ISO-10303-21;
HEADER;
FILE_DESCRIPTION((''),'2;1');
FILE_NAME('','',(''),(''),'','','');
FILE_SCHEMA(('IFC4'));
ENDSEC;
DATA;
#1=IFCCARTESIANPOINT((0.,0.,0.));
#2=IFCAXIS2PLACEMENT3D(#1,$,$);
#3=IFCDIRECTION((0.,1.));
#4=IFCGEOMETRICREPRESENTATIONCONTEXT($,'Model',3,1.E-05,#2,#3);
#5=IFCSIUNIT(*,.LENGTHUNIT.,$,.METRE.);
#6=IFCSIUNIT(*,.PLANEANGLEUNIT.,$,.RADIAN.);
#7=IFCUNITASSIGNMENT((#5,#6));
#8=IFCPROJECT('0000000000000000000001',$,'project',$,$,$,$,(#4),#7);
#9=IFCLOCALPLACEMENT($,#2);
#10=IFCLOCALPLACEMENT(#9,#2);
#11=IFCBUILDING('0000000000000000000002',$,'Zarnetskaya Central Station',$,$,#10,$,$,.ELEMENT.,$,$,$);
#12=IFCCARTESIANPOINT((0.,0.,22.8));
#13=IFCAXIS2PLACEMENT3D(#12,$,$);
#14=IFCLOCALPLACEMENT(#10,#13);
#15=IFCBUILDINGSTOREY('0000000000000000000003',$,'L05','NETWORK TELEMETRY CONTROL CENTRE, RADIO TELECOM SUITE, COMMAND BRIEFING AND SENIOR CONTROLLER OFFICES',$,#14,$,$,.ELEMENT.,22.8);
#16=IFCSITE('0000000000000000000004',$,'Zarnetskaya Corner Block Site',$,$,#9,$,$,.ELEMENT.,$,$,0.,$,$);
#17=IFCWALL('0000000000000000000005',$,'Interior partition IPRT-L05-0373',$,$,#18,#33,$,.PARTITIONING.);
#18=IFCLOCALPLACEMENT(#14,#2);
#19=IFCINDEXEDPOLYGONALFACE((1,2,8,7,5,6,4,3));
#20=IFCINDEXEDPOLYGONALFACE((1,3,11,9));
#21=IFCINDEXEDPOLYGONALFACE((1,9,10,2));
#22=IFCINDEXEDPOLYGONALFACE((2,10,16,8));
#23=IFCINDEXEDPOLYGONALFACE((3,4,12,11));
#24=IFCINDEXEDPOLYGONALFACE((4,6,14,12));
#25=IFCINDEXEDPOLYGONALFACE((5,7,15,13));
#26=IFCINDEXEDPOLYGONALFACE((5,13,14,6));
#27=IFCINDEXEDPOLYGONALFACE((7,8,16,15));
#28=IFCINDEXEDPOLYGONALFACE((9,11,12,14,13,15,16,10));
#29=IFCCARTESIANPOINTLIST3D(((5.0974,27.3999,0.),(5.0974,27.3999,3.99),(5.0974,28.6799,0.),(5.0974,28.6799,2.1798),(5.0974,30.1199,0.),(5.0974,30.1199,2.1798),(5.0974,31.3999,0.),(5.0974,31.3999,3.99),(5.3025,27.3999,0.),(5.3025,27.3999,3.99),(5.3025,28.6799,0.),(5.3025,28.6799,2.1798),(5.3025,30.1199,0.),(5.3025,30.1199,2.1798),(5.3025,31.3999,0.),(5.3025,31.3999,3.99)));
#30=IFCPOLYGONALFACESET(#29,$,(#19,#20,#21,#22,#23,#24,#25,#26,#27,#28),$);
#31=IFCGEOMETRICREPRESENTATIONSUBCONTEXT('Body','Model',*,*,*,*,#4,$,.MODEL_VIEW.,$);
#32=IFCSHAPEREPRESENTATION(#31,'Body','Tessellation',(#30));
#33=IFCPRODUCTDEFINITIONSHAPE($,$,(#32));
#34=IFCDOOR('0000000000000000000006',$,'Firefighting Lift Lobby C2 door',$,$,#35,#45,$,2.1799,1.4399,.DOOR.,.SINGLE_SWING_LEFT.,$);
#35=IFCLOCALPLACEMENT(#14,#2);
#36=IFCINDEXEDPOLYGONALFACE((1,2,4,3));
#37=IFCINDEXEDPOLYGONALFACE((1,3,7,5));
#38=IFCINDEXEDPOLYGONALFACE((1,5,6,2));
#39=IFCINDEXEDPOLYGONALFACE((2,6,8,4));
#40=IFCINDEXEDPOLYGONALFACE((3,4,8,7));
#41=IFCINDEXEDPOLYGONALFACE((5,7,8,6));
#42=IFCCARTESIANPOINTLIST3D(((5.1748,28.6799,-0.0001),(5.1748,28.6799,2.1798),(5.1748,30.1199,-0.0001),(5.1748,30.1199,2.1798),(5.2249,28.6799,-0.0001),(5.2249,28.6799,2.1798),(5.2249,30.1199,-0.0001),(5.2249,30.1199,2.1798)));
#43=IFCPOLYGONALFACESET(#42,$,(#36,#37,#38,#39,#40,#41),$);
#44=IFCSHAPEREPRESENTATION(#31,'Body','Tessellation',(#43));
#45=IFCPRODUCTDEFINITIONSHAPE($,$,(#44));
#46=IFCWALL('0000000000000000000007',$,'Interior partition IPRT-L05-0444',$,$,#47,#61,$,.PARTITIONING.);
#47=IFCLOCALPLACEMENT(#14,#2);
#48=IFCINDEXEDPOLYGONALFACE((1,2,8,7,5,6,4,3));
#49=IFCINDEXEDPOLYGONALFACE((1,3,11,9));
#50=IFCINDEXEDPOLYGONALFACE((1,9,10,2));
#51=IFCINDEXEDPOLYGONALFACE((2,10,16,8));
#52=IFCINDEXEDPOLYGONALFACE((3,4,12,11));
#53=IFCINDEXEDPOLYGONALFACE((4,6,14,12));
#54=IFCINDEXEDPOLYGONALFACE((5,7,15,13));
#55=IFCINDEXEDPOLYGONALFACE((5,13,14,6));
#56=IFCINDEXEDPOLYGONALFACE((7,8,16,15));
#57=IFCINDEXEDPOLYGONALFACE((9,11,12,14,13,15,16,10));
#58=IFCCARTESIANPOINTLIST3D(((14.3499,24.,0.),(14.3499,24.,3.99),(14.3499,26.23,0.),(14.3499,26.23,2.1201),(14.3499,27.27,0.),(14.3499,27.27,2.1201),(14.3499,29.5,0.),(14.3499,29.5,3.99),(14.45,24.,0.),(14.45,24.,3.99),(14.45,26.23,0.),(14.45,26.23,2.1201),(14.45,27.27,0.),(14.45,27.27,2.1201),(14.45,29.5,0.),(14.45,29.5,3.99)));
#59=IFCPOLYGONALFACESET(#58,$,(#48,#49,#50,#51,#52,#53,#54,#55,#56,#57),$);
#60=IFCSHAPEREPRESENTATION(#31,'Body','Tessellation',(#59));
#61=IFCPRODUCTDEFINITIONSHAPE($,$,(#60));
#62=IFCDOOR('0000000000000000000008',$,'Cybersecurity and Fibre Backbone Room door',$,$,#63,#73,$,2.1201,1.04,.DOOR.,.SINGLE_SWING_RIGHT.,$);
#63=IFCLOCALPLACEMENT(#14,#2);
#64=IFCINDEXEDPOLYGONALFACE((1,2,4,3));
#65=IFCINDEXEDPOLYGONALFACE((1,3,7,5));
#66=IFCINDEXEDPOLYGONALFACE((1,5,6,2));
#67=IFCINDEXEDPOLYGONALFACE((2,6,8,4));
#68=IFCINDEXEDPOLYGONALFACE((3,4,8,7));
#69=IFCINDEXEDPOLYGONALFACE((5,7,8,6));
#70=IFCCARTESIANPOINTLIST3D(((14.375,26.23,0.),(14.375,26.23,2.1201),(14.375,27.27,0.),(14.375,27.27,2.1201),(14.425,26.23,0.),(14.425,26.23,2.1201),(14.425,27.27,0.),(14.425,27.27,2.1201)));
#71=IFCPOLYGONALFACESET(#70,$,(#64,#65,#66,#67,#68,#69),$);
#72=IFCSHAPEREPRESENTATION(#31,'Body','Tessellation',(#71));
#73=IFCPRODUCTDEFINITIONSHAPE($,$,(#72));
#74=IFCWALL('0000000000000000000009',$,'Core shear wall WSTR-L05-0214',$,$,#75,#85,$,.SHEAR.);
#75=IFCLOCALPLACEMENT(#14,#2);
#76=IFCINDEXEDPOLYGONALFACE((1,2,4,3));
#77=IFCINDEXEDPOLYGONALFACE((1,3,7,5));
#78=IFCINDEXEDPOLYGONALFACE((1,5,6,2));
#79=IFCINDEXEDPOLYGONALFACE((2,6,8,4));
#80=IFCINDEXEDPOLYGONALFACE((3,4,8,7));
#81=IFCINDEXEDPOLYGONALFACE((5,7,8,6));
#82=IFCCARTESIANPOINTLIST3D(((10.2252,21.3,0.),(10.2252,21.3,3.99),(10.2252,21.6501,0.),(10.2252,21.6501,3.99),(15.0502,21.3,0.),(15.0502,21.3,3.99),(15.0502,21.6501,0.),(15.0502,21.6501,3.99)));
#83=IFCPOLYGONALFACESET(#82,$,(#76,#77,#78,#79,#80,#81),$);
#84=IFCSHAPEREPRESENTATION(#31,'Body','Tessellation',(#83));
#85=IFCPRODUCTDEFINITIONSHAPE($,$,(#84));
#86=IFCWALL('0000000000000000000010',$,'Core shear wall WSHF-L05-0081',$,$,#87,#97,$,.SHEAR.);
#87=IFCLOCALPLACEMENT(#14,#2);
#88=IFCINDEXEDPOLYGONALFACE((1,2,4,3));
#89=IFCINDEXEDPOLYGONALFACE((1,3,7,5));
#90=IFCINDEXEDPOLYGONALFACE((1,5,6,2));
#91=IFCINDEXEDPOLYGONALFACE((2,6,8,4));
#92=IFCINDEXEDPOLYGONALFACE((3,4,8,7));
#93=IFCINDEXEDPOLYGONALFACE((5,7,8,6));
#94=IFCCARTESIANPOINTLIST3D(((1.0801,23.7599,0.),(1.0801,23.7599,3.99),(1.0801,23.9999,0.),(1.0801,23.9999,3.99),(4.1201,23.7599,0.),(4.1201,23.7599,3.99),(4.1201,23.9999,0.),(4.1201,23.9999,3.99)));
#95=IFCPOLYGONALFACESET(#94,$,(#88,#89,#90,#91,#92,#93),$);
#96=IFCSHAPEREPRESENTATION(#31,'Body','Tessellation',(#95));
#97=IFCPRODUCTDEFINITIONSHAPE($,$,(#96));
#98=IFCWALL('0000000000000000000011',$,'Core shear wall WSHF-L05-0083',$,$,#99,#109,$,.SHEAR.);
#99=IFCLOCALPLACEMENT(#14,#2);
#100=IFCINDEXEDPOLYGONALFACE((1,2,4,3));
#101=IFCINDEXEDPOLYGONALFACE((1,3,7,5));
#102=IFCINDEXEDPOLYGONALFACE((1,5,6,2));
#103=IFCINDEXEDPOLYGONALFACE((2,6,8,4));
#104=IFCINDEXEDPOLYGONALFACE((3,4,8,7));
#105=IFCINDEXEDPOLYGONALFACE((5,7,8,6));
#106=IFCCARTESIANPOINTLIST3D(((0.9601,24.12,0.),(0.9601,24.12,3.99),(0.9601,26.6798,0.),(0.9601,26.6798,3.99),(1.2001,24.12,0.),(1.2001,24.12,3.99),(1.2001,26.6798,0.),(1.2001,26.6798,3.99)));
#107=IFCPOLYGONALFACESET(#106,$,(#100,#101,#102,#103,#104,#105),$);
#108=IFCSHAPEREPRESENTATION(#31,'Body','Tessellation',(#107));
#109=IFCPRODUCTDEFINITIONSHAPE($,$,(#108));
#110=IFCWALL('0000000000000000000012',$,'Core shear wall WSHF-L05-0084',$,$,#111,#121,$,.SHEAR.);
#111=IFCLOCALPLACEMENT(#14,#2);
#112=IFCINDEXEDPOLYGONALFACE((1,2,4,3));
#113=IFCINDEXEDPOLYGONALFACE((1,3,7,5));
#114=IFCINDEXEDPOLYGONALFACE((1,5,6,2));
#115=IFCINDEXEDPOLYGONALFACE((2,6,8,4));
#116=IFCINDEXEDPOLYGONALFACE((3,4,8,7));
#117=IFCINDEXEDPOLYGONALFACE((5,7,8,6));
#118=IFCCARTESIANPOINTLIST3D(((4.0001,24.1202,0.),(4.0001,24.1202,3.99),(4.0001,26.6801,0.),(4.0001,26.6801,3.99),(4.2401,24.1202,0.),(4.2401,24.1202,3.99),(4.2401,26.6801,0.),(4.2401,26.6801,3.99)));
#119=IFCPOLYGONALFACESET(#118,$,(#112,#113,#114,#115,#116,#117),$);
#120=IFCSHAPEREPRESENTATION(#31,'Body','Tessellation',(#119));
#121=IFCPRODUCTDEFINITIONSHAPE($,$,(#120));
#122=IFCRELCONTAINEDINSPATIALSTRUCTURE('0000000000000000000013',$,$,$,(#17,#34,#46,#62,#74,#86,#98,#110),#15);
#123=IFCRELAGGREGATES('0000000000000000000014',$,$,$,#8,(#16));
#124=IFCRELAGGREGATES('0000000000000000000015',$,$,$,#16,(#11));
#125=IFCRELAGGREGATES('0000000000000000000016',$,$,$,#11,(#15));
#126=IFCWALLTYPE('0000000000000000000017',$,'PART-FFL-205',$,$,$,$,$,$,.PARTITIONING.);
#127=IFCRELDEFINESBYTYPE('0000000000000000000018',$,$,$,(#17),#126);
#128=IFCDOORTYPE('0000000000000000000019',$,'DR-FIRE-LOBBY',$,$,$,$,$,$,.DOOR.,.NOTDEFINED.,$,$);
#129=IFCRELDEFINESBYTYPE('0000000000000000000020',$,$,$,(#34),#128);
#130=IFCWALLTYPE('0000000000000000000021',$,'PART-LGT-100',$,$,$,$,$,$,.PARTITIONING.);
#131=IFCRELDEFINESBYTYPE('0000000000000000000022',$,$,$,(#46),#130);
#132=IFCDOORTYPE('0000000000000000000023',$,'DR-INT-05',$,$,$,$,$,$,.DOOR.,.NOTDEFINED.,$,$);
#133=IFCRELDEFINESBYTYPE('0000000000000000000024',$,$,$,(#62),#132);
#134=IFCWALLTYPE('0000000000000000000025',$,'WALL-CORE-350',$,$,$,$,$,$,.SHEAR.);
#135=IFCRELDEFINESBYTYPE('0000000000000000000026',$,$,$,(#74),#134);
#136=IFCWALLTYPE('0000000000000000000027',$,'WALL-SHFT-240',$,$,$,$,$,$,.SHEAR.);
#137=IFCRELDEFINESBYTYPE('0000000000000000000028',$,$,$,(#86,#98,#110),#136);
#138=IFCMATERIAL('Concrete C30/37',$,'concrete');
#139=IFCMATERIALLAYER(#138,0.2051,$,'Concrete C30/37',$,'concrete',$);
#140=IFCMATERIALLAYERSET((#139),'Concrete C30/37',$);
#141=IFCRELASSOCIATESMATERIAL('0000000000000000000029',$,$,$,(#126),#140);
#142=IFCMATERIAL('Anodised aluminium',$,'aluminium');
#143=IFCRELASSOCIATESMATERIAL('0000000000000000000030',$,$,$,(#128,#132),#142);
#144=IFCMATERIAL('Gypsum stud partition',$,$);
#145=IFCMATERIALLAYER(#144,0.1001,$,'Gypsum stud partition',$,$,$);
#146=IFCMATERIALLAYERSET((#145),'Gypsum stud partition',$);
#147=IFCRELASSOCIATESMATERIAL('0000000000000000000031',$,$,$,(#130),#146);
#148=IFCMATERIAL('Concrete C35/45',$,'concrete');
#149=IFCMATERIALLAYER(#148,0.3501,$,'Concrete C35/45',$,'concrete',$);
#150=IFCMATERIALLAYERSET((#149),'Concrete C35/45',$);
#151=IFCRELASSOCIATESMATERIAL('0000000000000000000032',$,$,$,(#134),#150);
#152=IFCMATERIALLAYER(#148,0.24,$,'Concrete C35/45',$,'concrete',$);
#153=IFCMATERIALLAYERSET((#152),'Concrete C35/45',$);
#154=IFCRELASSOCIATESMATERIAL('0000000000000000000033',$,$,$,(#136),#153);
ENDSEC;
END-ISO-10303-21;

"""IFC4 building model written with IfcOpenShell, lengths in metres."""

from ifc_helpers import new_model, si_unit, direction, frame, frame_2d, origin, place, context, subcontext, project, spatial, rectangle, extrude, material, layer, layer_set, type_object, element, fill, save


model = new_model("IFC4")

# Units and contexts
model_context = context("Model", 3, precision=1e-05, world=origin(), true_north=direction((0.0, 1.0)))
body_context = subcontext(model_context, "Body", "Model", "MODEL_VIEW")
ifc_project = project(units=[si_unit("LENGTHUNIT", "METRE"), si_unit("PLANEANGLEUNIT", "RADIAN")], contexts=[model_context])

# Site, building, storey
site_placement = place(None, origin())
site = spatial("IfcSite", under=ifc_project, at=site_placement, Name="Zarnetskaya Corner Block Site", CompositionType="ELEMENT", RefElevation=0.0)
building_placement = place(site_placement, origin())
building = spatial("IfcBuilding", under=site, at=building_placement, Name="Zarnetskaya Central Station", CompositionType="ELEMENT")
storey_placement = place(building_placement, frame((0.0, 0.0, 22.8)))
storey = spatial("IfcBuildingStorey", under=building, at=storey_placement, Name="L05", Description="NETWORK TELEMETRY CONTROL CENTRE, RADIO TELECOM SUITE, COMMAND BRIEFING AND SENIOR CONTROLLER OFFICES", CompositionType="ELEMENT", Elevation=22.8)

# Shared definitions
ifc_material_1 = material(Name="Anodised aluminium", Category="aluminium")

# Walls, openings, doors
ifc_material_2 = material(Name="Concrete C30/37", Category="concrete")
ifc_layer_1 = layer(ifc_material_2, 0.2051, Name="Concrete C30/37", Category="concrete")
ifc_layer_set_1 = layer_set([ifc_layer_1], Name="Concrete C30/37")
wall_type_1 = type_object("IfcWallType", Name="PART-FFL-205", PredefinedType="PARTITIONING", material=ifc_layer_set_1)
wall_1_placement = place(storey_placement, frame((5.2, 31.3999, 0.0), z_axis=(0.0, 0.0, 1.0), x_axis=(0.0, -1.0, 0.0)))
wall_1 = element("IfcWall", 1, at=wall_1_placement, inside=storey, type_object=wall_type_1, Name="Interior partition IPRT-L05-0373", PredefinedType="PARTITIONING", context=body_context, shape_type="SweptSolid", body=[
    extrude(rectangle(XDim=4.0, YDim=0.2051, at=frame_2d((2.0, 0.0))), origin(), (0.0, 0.0, 1.0), 3.99),
])
opening_1_placement = place(wall_1_placement, frame((1.28, 0.0, 0.0)))
opening_1 = element("IfcOpeningElement", 2, at=opening_1_placement, cuts=wall_1, PredefinedType="OPENING", context=body_context, shape_type="SweptSolid", body=[
    extrude(rectangle(XDim=1.4399, YDim=2.1799, at=frame_2d((0.72, 1.0898))), frame((0.0, 0.1125, 0.0), z_axis=(0.0, -1.0, 0.0), x_axis=(1.0, 0.0, 0.0)), (0.0, 0.0, 1.0), 0.2251),
])
door_type_1 = type_object("IfcDoorType", Name="DR-FIRE-LOBBY", OperationType="NOTDEFINED", PredefinedType="DOOR", material=ifc_material_1)
door_1_placement = place(opening_1_placement, origin())
door_1 = element("IfcDoor", 3, at=door_1_placement, inside=storey, type_object=door_type_1, Name="Firefighting Lift Lobby C2 door", OperationType="SINGLE_SWING_LEFT", OverallHeight=2.1799, OverallWidth=1.4399, PredefinedType="DOOR", context=body_context, shape_type="SweptSolid", body=[
    extrude(rectangle(XDim=1.4399, YDim=2.1799, at=frame_2d((0.72, 1.0898))), frame((0.0, 0.0249, 0.0), z_axis=(0.0, -1.0, 0.0), x_axis=(1.0, 0.0, 0.0)), (0.0, 0.0, 1.0), 0.05),
])
fill(opening_1, door_1)
ifc_material_3 = material(Name="Gypsum stud partition")
ifc_layer_2 = layer(ifc_material_3, 0.1001, Name="Gypsum stud partition")
ifc_layer_set_2 = layer_set([ifc_layer_2], Name="Gypsum stud partition")
wall_type_2 = type_object("IfcWallType", Name="PART-LGT-100", PredefinedType="PARTITIONING", material=ifc_layer_set_2)
wall_2_placement = place(storey_placement, frame((14.3999, 24.0, 0.0), z_axis=(0.0, 0.0, 1.0), x_axis=(0.0, 1.0, 0.0)))
wall_2 = element("IfcWall", 4, at=wall_2_placement, inside=storey, type_object=wall_type_2, Name="Interior partition IPRT-L05-0444", PredefinedType="PARTITIONING", context=body_context, shape_type="SweptSolid", body=[
    extrude(rectangle(XDim=5.5, YDim=0.1001, at=frame_2d((2.75, 0.0))), origin(), (0.0, 0.0, 1.0), 3.99),
])
opening_2_placement = place(wall_2_placement, frame((2.23, 0.0, 0.0)))
opening_2 = element("IfcOpeningElement", 5, at=opening_2_placement, cuts=wall_2, PredefinedType="OPENING", context=body_context, shape_type="SweptSolid", body=[
    extrude(rectangle(XDim=1.04, YDim=2.1201, at=frame_2d((0.52, 1.0601))), frame((0.0, 0.0601, 0.0), z_axis=(0.0, -1.0, 0.0), x_axis=(1.0, 0.0, 0.0)), (0.0, 0.0, 1.0), 0.1201),
])
door_type_2 = type_object("IfcDoorType", Name="DR-INT-05", OperationType="NOTDEFINED", PredefinedType="DOOR", material=ifc_material_1)
door_2_placement = place(opening_2_placement, origin())
door_2 = element("IfcDoor", 6, at=door_2_placement, inside=storey, type_object=door_type_2, Name="Cybersecurity and Fibre Backbone Room door", OperationType="SINGLE_SWING_RIGHT", OverallHeight=2.1201, OverallWidth=1.04, PredefinedType="DOOR", context=body_context, shape_type="SweptSolid", body=[
    extrude(rectangle(XDim=1.04, YDim=2.1201, at=frame_2d((0.52, 1.0601))), frame((0.0, 0.0249, 0.0), z_axis=(0.0, -1.0, 0.0), x_axis=(1.0, 0.0, 0.0)), (0.0, 0.0, 1.0), 0.05),
])
fill(opening_2, door_2)

# Walls
ifc_material_4 = material(Name="Concrete C35/45", Category="concrete")
ifc_layer_3 = layer(ifc_material_4, 0.3501, Name="Concrete C35/45", Category="concrete")
ifc_layer_set_3 = layer_set([ifc_layer_3], Name="Concrete C35/45")
wall_type_3 = type_object("IfcWallType", Name="WALL-CORE-350", PredefinedType="SHEAR", material=ifc_layer_set_3)
wall_3_placement = place(storey_placement, frame((10.2251, 21.4751, 0.0), z_axis=(0.0, 0.0, 1.0), x_axis=(1.0, 0.0, 0.0)))
element("IfcWall", 7, at=wall_3_placement, inside=storey, type_object=wall_type_3, Name="Core shear wall WSTR-L05-0214", PredefinedType="SHEAR", context=body_context, shape_type="SweptSolid", body=[
    extrude(rectangle(XDim=4.825, YDim=0.3501, at=frame_2d((2.4126, 0.0))), origin(), (0.0, 0.0, 1.0), 3.99),
])
ifc_layer_4 = layer(ifc_material_4, 0.24, Name="Concrete C35/45", Category="concrete")
ifc_layer_set_4 = layer_set([ifc_layer_4], Name="Concrete C35/45")
wall_type_4 = type_object("IfcWallType", Name="WALL-SHFT-240", PredefinedType="SHEAR", material=ifc_layer_set_4)
wall_4_placement = place(storey_placement, frame((4.1201, 23.8799, 0.0), z_axis=(0.0, 0.0, 1.0), x_axis=(-1.0, 0.0, 0.0)))
element("IfcWall", 8, at=wall_4_placement, inside=storey, type_object=wall_type_4, Name="Core shear wall WSHF-L05-0081", PredefinedType="SHEAR", context=body_context, shape_type="SweptSolid", body=[
    extrude(rectangle(XDim=3.04, YDim=0.24, at=frame_2d((1.52, 0.0))), origin(), (0.0, 0.0, 1.0), 3.99),
])

# Walls
for number, where, z_axis, x_axis, name in (
    (9, (1.0801, 24.1201, 0.0), (0.0, 0.0, 1.0), (0.0, 1.0, 0.0), "Core shear wall WSHF-L05-0083"),
    (10, (4.1201, 26.6799, 0.0), (0.0, 0.0, 1.0), (0.0, -1.0, 0.0), "Core shear wall WSHF-L05-0084"),
):
    element("IfcWall", number, at=place(storey_placement, frame(where, z_axis=z_axis, x_axis=x_axis)), inside=storey, type_object=wall_type_4, Name=name, PredefinedType="SHEAR", context=body_context, shape_type="SweptSolid", body=[
        extrude(rectangle(XDim=2.5598, YDim=0.24, at=frame_2d((1.2798, 0.0))), origin(), (0.0, 0.0, 1.0), 3.99),
    ])

save(model, "model.ifc")
